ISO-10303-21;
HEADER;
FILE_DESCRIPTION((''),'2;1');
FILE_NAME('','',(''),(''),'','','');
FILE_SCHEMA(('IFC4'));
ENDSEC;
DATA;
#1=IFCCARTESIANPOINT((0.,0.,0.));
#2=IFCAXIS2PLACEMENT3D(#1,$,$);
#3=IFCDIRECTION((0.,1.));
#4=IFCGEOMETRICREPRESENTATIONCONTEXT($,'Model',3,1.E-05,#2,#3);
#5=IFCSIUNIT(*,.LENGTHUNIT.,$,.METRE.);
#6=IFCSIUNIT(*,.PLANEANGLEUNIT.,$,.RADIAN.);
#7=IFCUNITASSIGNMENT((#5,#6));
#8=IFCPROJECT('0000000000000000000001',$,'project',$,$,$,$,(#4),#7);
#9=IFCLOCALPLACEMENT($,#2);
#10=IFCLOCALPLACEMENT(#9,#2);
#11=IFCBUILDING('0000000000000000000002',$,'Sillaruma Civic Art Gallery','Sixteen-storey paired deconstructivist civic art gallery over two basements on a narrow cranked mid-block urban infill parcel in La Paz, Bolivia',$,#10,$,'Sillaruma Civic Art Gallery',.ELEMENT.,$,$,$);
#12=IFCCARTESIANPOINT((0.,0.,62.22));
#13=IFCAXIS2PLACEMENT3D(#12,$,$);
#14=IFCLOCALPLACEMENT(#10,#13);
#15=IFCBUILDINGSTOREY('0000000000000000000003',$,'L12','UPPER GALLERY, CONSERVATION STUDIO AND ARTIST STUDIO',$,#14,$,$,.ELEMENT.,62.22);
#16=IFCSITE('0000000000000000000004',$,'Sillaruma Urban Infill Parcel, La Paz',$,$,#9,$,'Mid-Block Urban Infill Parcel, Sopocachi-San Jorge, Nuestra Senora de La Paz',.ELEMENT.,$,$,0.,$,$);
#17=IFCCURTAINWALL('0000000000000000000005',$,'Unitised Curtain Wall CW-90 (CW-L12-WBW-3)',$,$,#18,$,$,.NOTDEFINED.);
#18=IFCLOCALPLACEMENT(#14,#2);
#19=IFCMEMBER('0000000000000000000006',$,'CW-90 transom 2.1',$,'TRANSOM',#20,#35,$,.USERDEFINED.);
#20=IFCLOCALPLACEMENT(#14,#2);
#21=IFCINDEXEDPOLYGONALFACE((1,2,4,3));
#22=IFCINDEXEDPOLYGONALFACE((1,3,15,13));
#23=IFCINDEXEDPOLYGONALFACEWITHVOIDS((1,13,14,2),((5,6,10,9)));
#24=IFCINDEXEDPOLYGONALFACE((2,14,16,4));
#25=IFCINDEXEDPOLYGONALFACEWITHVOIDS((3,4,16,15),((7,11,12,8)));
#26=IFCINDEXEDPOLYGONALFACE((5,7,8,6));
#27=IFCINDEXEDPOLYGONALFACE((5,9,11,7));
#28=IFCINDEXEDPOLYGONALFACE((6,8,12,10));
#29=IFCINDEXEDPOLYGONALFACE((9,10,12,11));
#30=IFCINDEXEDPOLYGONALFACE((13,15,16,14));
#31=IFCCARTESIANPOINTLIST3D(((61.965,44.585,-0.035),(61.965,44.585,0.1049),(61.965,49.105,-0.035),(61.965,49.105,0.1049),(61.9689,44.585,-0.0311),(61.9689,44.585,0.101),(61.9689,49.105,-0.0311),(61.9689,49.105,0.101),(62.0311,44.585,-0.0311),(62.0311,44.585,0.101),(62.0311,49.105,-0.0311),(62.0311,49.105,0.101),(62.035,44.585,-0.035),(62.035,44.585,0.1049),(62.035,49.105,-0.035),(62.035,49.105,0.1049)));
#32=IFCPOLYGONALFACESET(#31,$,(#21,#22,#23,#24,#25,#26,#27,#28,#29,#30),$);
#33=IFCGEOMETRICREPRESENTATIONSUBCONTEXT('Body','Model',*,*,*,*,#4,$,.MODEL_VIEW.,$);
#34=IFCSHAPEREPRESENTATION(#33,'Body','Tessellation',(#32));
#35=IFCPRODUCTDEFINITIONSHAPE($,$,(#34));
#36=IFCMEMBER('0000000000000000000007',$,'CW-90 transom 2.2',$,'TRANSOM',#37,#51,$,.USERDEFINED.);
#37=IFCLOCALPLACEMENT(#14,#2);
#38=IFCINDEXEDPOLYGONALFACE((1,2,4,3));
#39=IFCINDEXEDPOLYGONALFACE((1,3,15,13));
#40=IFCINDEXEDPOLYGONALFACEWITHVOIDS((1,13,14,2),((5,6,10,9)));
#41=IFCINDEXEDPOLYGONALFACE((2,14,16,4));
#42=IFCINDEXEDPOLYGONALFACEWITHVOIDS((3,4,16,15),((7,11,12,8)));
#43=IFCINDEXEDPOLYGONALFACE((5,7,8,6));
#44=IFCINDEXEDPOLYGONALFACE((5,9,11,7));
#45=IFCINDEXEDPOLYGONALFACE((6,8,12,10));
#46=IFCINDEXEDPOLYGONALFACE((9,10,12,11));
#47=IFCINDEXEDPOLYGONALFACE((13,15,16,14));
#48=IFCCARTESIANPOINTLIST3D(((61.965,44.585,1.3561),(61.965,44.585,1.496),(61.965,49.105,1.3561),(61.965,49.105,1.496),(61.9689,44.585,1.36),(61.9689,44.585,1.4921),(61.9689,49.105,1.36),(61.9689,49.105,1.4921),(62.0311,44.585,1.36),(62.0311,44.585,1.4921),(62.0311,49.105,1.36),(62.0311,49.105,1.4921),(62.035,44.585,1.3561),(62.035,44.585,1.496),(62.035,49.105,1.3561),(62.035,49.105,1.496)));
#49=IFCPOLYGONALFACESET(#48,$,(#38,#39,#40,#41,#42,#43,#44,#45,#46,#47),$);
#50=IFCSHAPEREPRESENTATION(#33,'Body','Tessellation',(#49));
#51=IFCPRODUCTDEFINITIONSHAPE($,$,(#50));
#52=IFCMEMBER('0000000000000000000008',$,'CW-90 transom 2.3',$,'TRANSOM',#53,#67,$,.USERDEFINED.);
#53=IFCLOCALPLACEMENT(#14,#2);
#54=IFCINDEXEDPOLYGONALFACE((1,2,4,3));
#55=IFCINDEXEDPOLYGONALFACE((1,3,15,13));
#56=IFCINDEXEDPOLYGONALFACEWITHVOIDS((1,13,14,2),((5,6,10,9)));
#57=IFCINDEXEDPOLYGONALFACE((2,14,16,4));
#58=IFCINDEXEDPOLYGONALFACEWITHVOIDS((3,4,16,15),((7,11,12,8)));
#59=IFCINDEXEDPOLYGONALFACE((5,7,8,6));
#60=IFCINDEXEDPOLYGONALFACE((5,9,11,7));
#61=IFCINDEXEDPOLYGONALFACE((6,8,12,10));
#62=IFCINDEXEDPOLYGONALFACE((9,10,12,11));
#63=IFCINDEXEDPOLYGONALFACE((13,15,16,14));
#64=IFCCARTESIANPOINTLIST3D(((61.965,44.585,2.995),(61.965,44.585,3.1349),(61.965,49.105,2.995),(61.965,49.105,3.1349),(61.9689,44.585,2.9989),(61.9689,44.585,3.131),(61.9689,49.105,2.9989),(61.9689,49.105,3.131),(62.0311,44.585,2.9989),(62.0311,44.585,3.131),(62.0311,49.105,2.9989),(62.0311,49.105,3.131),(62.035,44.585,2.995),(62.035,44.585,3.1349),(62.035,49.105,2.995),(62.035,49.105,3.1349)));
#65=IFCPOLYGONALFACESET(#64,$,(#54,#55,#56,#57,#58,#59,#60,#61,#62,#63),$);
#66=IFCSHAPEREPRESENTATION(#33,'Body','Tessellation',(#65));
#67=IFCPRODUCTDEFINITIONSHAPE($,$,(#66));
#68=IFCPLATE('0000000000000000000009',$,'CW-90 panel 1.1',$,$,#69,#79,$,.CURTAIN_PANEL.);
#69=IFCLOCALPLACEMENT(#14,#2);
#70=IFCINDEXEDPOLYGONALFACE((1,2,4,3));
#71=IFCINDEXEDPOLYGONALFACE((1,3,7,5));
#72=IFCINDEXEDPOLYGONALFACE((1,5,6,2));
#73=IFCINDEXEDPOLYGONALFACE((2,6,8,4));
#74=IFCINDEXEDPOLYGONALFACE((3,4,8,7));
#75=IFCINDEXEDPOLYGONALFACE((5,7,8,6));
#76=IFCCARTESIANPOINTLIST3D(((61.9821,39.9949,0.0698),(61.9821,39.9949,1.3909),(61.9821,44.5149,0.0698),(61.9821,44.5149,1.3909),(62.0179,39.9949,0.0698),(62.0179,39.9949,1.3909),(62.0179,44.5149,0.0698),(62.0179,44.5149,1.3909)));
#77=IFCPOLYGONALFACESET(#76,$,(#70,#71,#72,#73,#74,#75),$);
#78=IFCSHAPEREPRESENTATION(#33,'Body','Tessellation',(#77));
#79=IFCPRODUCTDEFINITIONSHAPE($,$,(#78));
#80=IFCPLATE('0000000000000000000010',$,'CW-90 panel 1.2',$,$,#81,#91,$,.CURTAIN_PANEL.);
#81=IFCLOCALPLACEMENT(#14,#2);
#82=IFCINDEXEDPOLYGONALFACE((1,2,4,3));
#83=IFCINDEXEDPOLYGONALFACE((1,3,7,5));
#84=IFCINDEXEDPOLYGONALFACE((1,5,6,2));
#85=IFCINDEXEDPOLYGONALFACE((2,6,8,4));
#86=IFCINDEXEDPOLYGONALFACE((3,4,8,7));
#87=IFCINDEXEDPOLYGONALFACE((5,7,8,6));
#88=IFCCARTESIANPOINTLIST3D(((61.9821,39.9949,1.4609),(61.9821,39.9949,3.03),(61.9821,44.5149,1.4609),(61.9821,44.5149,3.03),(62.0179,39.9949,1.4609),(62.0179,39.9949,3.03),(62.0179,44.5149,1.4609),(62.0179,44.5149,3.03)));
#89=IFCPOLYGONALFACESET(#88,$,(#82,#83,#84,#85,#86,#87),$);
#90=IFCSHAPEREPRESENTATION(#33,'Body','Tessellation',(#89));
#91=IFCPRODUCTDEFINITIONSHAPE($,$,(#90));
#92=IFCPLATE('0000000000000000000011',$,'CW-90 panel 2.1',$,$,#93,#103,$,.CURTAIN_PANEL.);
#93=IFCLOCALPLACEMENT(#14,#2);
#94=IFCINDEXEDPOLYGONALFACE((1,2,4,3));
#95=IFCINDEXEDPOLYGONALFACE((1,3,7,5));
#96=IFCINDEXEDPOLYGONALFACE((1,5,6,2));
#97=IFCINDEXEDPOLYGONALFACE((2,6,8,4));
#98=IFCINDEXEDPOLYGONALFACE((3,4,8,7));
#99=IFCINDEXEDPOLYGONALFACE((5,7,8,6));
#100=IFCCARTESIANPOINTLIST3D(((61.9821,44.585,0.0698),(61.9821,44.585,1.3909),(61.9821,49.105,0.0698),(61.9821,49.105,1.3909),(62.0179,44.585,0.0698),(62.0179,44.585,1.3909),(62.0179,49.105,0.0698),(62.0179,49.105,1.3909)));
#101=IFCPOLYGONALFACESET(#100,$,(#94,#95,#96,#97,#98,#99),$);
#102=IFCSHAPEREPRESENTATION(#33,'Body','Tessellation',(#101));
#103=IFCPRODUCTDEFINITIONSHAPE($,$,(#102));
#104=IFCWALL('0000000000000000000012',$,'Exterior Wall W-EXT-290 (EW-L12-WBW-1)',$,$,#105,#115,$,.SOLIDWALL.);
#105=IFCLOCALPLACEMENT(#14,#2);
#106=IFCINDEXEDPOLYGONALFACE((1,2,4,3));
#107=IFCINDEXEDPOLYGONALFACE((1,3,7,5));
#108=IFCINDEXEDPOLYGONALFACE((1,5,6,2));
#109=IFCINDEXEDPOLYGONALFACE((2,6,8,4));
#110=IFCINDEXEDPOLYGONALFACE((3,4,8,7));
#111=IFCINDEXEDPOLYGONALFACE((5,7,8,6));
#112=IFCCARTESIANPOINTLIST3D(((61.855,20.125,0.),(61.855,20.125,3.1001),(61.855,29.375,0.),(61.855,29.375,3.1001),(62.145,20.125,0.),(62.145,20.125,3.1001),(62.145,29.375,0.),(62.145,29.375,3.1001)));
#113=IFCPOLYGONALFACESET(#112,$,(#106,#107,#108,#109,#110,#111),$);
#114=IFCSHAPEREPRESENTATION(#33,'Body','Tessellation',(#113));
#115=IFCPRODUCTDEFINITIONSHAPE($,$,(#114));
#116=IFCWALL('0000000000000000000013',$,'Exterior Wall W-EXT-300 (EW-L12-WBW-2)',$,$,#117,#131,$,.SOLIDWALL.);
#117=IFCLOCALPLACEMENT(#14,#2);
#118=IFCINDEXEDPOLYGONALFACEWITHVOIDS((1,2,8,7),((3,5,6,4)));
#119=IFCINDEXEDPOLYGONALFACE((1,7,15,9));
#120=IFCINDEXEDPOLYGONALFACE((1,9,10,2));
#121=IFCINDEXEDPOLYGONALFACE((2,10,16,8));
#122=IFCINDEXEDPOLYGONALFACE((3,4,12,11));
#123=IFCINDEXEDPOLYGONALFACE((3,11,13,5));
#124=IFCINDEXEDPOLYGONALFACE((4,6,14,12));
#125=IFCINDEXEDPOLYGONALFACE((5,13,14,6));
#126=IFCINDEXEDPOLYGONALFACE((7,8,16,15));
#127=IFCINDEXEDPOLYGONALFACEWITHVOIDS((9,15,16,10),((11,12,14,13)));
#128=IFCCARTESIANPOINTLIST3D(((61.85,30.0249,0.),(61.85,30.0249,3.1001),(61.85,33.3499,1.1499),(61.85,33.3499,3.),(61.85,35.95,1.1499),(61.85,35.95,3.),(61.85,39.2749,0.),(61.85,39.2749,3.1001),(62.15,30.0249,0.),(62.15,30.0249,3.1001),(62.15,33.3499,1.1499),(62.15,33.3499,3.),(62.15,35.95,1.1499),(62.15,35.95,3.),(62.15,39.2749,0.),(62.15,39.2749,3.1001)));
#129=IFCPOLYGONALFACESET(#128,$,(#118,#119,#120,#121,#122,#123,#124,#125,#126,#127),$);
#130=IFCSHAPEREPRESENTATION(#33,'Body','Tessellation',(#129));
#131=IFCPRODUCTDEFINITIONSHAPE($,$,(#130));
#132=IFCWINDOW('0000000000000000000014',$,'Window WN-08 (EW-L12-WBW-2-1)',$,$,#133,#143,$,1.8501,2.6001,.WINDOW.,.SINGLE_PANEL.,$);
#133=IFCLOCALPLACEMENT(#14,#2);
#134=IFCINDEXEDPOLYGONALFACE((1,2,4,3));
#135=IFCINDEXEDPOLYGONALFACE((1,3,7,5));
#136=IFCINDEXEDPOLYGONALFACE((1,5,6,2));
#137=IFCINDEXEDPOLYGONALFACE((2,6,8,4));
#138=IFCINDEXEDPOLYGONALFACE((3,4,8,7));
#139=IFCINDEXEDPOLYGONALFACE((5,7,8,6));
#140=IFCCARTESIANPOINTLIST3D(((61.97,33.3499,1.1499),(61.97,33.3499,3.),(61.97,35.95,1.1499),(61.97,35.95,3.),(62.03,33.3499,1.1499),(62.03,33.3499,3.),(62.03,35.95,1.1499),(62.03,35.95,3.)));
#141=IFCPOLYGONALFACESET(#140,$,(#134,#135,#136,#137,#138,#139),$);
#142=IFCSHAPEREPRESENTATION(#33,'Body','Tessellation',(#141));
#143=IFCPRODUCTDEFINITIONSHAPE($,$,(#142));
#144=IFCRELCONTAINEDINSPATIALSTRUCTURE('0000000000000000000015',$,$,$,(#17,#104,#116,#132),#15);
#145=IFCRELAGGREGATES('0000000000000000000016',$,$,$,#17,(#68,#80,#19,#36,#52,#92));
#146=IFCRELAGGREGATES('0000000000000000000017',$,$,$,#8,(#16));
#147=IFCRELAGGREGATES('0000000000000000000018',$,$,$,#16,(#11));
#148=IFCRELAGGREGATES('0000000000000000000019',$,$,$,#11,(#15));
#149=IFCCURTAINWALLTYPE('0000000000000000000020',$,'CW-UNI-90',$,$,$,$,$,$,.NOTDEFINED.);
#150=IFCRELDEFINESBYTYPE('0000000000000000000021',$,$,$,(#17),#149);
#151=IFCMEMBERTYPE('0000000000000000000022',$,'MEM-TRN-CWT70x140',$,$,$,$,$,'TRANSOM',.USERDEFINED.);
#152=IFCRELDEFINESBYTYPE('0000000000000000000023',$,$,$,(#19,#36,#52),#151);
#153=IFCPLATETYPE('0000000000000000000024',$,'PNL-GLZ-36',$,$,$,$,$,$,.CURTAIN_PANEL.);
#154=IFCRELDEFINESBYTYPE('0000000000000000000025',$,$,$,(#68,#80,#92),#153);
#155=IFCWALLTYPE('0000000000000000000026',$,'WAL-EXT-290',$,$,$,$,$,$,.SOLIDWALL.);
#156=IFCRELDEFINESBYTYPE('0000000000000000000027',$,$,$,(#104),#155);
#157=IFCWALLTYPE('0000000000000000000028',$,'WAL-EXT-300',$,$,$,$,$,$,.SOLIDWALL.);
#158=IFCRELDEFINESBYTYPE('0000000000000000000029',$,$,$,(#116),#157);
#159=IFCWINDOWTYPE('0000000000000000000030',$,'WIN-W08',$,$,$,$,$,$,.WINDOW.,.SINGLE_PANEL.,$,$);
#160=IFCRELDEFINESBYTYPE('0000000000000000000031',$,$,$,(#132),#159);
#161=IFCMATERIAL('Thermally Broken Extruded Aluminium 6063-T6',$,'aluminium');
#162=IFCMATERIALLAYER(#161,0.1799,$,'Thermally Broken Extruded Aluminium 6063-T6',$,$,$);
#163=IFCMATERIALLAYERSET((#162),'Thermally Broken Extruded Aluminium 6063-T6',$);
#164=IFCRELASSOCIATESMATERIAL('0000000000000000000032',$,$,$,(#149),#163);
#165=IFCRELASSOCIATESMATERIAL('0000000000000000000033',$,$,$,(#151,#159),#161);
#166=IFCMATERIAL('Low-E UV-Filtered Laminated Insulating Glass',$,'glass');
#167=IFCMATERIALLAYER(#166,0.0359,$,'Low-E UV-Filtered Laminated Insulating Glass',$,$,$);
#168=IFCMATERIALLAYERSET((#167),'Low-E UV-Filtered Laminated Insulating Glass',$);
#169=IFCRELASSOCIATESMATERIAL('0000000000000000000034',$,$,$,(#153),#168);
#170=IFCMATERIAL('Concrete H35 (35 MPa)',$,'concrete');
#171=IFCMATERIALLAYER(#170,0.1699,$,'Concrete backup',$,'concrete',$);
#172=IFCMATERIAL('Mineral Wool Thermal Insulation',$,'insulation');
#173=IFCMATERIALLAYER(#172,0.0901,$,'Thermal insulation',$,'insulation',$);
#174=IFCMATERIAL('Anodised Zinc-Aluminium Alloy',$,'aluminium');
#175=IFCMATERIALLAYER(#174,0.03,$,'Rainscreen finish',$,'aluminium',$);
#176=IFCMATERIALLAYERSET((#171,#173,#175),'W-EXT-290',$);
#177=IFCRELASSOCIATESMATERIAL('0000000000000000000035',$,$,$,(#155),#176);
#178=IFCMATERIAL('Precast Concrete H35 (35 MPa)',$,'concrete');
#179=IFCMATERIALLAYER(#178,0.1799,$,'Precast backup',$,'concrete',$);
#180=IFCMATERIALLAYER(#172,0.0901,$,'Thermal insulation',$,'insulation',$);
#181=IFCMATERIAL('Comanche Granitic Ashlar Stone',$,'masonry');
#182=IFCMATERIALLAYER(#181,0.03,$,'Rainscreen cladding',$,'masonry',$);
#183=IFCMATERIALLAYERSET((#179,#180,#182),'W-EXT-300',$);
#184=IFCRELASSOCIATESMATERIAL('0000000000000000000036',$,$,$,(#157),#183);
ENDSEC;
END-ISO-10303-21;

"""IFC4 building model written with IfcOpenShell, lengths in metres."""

from ifc_helpers import new_model, si_unit, direction, frame, frame_2d, origin, origin_2d, place, context, subcontext, project, spatial, rectangle, hollow_rectangle, extrude, material, layer, layer_set, material_profile, profile_set, type_object, element, fill, aggregate, save


model = new_model("IFC4")

# Units and contexts
model_context = context("Model", 3, precision=1e-05, world=origin(), true_north=direction((0.0, 1.0)))
body_context = subcontext(model_context, "Body", "Model", "MODEL_VIEW")
ifc_project = project(units=[si_unit("LENGTHUNIT", "METRE"), si_unit("PLANEANGLEUNIT", "RADIAN")], contexts=[model_context])

# Site, building, storey
site_placement = place(None, origin())
site = spatial("IfcSite", under=ifc_project, at=site_placement, Name="Sillaruma Urban Infill Parcel, La Paz", LongName="Mid-Block Urban Infill Parcel, Sopocachi-San Jorge, Nuestra Senora de La Paz", CompositionType="ELEMENT", RefElevation=0.0)
building_placement = place(site_placement, origin())
building = spatial("IfcBuilding", under=site, at=building_placement, Name="Sillaruma Civic Art Gallery", Description="Sixteen-storey paired deconstructivist civic art gallery over two basements on a narrow cranked mid-block urban infill parcel in La Paz, Bolivia", LongName="Sillaruma Civic Art Gallery", CompositionType="ELEMENT")
storey_placement = place(building_placement, frame((0.0, 0.0, 62.22)))
storey = spatial("IfcBuildingStorey", under=building, at=storey_placement, Name="L12", Description="UPPER GALLERY, CONSERVATION STUDIO AND ARTIST STUDIO", CompositionType="ELEMENT", Elevation=62.22)

# Shared definitions
ifc_material_1 = material(Name="Concrete H35 (35 MPa)", Category="concrete")

# Curtain wall, members, plates
ifc_material_2 = material(Name="Thermally Broken Extruded Aluminium 6063-T6", Category="aluminium")
ifc_layer_1 = layer(ifc_material_2, 0.1799, Name="Thermally Broken Extruded Aluminium 6063-T6")
ifc_layer_set_1 = layer_set([ifc_layer_1], Name="Thermally Broken Extruded Aluminium 6063-T6")
curtain_wall_type = type_object("IfcCurtainWallType", Name="CW-UNI-90", PredefinedType="NOTDEFINED", material=ifc_layer_set_1)
curtain_wall_placement = place(storey_placement, origin())
curtain_wall = element("IfcCurtainWall", 1, at=curtain_wall_placement, inside=storey, type_object=curtain_wall_type, Name="Unitised Curtain Wall CW-90 (CW-L12-WBW-3)", PredefinedType="NOTDEFINED")
ifc_material_profile_1 = material_profile(ifc_material_2, hollow_rectangle(XDim=0.0701, YDim=0.1399, WallThickness=0.0039, at=origin_2d()), Name="CWT70x140")
ifc_profile_set_1 = profile_set([ifc_material_profile_1], Name="Thermally Broken Extruded Aluminium 6063-T6")
member_type_1 = type_object("IfcMemberType", Name="MEM-TRN-CWT70x140", ElementType="TRANSOM", PredefinedType="USERDEFINED", material=ifc_profile_set_1)
member_1_placement = place(storey_placement, frame((62.0, 44.585, 0.0349), z_axis=(0.0, 1.0, 0.0), x_axis=(-1.0, 0.0, 0.0)))
member_1 = element("IfcMember", 2, at=member_1_placement, type_object=member_type_1, Name="CW-90 transom 2.1", ObjectType="TRANSOM", PredefinedType="USERDEFINED", context=body_context, shape_type="SweptSolid", body=[
    extrude(hollow_rectangle(XDim=0.0701, YDim=0.1399, WallThickness=0.0039, at=origin_2d()), origin(), (0.0, 0.0, 1.0), 4.52),
])
member_2_placement = place(storey_placement, frame((62.0, 44.585, 1.426), z_axis=(0.0, 1.0, 0.0), x_axis=(-1.0, 0.0, 0.0)))
member_2 = element("IfcMember", 3, at=member_2_placement, type_object=member_type_1, Name="CW-90 transom 2.2", ObjectType="TRANSOM", PredefinedType="USERDEFINED", context=body_context, shape_type="SweptSolid", body=[
    extrude(hollow_rectangle(XDim=0.0701, YDim=0.1399, WallThickness=0.0039, at=origin_2d()), origin(), (0.0, 0.0, 1.0), 4.52),
])
member_3_placement = place(storey_placement, frame((62.0, 44.585, 3.0649), z_axis=(0.0, 1.0, 0.0), x_axis=(-1.0, 0.0, 0.0)))
member_3 = element("IfcMember", 4, at=member_3_placement, type_object=member_type_1, Name="CW-90 transom 2.3", ObjectType="TRANSOM", PredefinedType="USERDEFINED", context=body_context, shape_type="SweptSolid", body=[
    extrude(hollow_rectangle(XDim=0.0701, YDim=0.1399, WallThickness=0.0039, at=origin_2d()), origin(), (0.0, 0.0, 1.0), 4.52),
])
ifc_material_3 = material(Name="Low-E UV-Filtered Laminated Insulating Glass", Category="glass")
ifc_layer_2 = layer(ifc_material_3, 0.0359, Name="Low-E UV-Filtered Laminated Insulating Glass")
ifc_layer_set_2 = layer_set([ifc_layer_2], Name="Low-E UV-Filtered Laminated Insulating Glass")
plate_type = type_object("IfcPlateType", Name="PNL-GLZ-36", PredefinedType="CURTAIN_PANEL", material=ifc_layer_set_2)
plate_1_placement = place(storey_placement, frame((62.0, 42.2549, 0.0698), z_axis=(0.0, 0.0, 1.0), x_axis=(0.0, 1.0, 0.0)))
plate_1 = element("IfcPlate", 5, at=plate_1_placement, type_object=plate_type, Name="CW-90 panel 1.1", PredefinedType="CURTAIN_PANEL", context=body_context, shape_type="SweptSolid", body=[
    extrude(rectangle(XDim=4.52, YDim=0.0359, at=origin_2d()), origin(), (0.0, 0.0, 1.0), 1.321),
])
plate_2_placement = place(storey_placement, frame((62.0, 42.2549, 1.4609), z_axis=(0.0, 0.0, 1.0), x_axis=(0.0, 1.0, 0.0)))
plate_2 = element("IfcPlate", 6, at=plate_2_placement, type_object=plate_type, Name="CW-90 panel 1.2", PredefinedType="CURTAIN_PANEL", context=body_context, shape_type="SweptSolid", body=[
    extrude(rectangle(XDim=4.52, YDim=0.0359, at=origin_2d()), origin(), (0.0, 0.0, 1.0), 1.5691),
])
plate_3_placement = place(storey_placement, frame((62.0, 46.845, 0.0698), z_axis=(0.0, 0.0, 1.0), x_axis=(0.0, 1.0, 0.0)))
plate_3 = element("IfcPlate", 7, at=plate_3_placement, type_object=plate_type, Name="CW-90 panel 2.1", PredefinedType="CURTAIN_PANEL", context=body_context, shape_type="SweptSolid", body=[
    extrude(rectangle(XDim=4.52, YDim=0.0359, at=origin_2d()), origin(), (0.0, 0.0, 1.0), 1.321),
])
aggregate(curtain_wall, [plate_1, plate_2, member_1, member_2, member_3, plate_3])

# Wall
ifc_layer_3 = layer(ifc_material_1, 0.1699, Name="Concrete backup", Category="concrete")
ifc_material_4 = material(Name="Mineral Wool Thermal Insulation", Category="insulation")
ifc_layer_4 = layer(ifc_material_4, 0.0901, Name="Thermal insulation", Category="insulation")
ifc_material_5 = material(Name="Anodised Zinc-Aluminium Alloy", Category="aluminium")
ifc_layer_5 = layer(ifc_material_5, 0.03, Name="Rainscreen finish", Category="aluminium")
ifc_layer_set_3 = layer_set([ifc_layer_3, ifc_layer_4, ifc_layer_5], Name="W-EXT-290")
wall_type_1 = type_object("IfcWallType", Name="WAL-EXT-290", PredefinedType="SOLIDWALL", material=ifc_layer_set_3)
wall_1_placement = place(storey_placement, frame((62.0, 20.125, 0.0), z_axis=(0.0, 0.0, 1.0), x_axis=(0.0, 1.0, 0.0)))
element("IfcWall", 8, at=wall_1_placement, inside=storey, type_object=wall_type_1, Name="Exterior Wall W-EXT-290 (EW-L12-WBW-1)", PredefinedType="SOLIDWALL", context=body_context, shape_type="SweptSolid", body=[
    extrude(rectangle(XDim=9.25, YDim=0.29, at=frame_2d((4.625, 0.0))), origin(), (0.0, 0.0, 1.0), 3.1001),
])

# Wall, opening, window
ifc_material_6 = material(Name="Precast Concrete H35 (35 MPa)", Category="concrete")
ifc_layer_6 = layer(ifc_material_6, 0.1799, Name="Precast backup", Category="concrete")
ifc_layer_7 = layer(ifc_material_4, 0.0901, Name="Thermal insulation", Category="insulation")
ifc_material_7 = material(Name="Comanche Granitic Ashlar Stone", Category="masonry")
ifc_layer_8 = layer(ifc_material_7, 0.03, Name="Rainscreen cladding", Category="masonry")
ifc_layer_set_4 = layer_set([ifc_layer_6, ifc_layer_7, ifc_layer_8], Name="W-EXT-300")
wall_type_2 = type_object("IfcWallType", Name="WAL-EXT-300", PredefinedType="SOLIDWALL", material=ifc_layer_set_4)
wall_2_placement = place(storey_placement, frame((62.0, 30.0249, 0.0), z_axis=(0.0, 0.0, 1.0), x_axis=(0.0, 1.0, 0.0)))
wall_2 = element("IfcWall", 9, at=wall_2_placement, inside=storey, type_object=wall_type_2, Name="Exterior Wall W-EXT-300 (EW-L12-WBW-2)", PredefinedType="SOLIDWALL", context=body_context, shape_type="SweptSolid", body=[
    extrude(rectangle(XDim=9.25, YDim=0.3, at=frame_2d((4.625, 0.0))), origin(), (0.0, 0.0, 1.0), 3.1001),
])
opening_placement = place(wall_2_placement, frame((3.325, 0.0, 1.1499)))
opening = element("IfcOpeningElement", 10, at=opening_placement, cuts=wall_2, PredefinedType="OPENING", context=body_context, shape_type="SweptSolid", body=[
    extrude(rectangle(XDim=2.6001, YDim=1.8501, at=frame_2d((1.3, 0.925))), frame((0.0, 0.1599, 0.0), z_axis=(0.0, -1.0, 0.0), x_axis=(1.0, 0.0, 0.0)), (0.0, 0.0, 1.0), 0.3201),
])
window_type = type_object("IfcWindowType", Name="WIN-W08", PartitioningType="SINGLE_PANEL", PredefinedType="WINDOW", material=ifc_material_2)
window_placement = place(opening_placement, origin())
window = element("IfcWindow", 11, at=window_placement, inside=storey, type_object=window_type, Name="Window WN-08 (EW-L12-WBW-2-1)", OverallHeight=1.8501, OverallWidth=2.6001, PartitioningType="SINGLE_PANEL", PredefinedType="WINDOW", context=body_context, shape_type="SweptSolid", body=[
    extrude(rectangle(XDim=2.6001, YDim=1.8501, at=frame_2d((1.3, 0.925))), frame((0.0, 0.03, 0.0), z_axis=(0.0, -1.0, 0.0), x_axis=(1.0, 0.0, 0.0)), (0.0, 0.0, 1.0), 0.0601),
])
fill(opening, window)

save(model, "model.ifc")
